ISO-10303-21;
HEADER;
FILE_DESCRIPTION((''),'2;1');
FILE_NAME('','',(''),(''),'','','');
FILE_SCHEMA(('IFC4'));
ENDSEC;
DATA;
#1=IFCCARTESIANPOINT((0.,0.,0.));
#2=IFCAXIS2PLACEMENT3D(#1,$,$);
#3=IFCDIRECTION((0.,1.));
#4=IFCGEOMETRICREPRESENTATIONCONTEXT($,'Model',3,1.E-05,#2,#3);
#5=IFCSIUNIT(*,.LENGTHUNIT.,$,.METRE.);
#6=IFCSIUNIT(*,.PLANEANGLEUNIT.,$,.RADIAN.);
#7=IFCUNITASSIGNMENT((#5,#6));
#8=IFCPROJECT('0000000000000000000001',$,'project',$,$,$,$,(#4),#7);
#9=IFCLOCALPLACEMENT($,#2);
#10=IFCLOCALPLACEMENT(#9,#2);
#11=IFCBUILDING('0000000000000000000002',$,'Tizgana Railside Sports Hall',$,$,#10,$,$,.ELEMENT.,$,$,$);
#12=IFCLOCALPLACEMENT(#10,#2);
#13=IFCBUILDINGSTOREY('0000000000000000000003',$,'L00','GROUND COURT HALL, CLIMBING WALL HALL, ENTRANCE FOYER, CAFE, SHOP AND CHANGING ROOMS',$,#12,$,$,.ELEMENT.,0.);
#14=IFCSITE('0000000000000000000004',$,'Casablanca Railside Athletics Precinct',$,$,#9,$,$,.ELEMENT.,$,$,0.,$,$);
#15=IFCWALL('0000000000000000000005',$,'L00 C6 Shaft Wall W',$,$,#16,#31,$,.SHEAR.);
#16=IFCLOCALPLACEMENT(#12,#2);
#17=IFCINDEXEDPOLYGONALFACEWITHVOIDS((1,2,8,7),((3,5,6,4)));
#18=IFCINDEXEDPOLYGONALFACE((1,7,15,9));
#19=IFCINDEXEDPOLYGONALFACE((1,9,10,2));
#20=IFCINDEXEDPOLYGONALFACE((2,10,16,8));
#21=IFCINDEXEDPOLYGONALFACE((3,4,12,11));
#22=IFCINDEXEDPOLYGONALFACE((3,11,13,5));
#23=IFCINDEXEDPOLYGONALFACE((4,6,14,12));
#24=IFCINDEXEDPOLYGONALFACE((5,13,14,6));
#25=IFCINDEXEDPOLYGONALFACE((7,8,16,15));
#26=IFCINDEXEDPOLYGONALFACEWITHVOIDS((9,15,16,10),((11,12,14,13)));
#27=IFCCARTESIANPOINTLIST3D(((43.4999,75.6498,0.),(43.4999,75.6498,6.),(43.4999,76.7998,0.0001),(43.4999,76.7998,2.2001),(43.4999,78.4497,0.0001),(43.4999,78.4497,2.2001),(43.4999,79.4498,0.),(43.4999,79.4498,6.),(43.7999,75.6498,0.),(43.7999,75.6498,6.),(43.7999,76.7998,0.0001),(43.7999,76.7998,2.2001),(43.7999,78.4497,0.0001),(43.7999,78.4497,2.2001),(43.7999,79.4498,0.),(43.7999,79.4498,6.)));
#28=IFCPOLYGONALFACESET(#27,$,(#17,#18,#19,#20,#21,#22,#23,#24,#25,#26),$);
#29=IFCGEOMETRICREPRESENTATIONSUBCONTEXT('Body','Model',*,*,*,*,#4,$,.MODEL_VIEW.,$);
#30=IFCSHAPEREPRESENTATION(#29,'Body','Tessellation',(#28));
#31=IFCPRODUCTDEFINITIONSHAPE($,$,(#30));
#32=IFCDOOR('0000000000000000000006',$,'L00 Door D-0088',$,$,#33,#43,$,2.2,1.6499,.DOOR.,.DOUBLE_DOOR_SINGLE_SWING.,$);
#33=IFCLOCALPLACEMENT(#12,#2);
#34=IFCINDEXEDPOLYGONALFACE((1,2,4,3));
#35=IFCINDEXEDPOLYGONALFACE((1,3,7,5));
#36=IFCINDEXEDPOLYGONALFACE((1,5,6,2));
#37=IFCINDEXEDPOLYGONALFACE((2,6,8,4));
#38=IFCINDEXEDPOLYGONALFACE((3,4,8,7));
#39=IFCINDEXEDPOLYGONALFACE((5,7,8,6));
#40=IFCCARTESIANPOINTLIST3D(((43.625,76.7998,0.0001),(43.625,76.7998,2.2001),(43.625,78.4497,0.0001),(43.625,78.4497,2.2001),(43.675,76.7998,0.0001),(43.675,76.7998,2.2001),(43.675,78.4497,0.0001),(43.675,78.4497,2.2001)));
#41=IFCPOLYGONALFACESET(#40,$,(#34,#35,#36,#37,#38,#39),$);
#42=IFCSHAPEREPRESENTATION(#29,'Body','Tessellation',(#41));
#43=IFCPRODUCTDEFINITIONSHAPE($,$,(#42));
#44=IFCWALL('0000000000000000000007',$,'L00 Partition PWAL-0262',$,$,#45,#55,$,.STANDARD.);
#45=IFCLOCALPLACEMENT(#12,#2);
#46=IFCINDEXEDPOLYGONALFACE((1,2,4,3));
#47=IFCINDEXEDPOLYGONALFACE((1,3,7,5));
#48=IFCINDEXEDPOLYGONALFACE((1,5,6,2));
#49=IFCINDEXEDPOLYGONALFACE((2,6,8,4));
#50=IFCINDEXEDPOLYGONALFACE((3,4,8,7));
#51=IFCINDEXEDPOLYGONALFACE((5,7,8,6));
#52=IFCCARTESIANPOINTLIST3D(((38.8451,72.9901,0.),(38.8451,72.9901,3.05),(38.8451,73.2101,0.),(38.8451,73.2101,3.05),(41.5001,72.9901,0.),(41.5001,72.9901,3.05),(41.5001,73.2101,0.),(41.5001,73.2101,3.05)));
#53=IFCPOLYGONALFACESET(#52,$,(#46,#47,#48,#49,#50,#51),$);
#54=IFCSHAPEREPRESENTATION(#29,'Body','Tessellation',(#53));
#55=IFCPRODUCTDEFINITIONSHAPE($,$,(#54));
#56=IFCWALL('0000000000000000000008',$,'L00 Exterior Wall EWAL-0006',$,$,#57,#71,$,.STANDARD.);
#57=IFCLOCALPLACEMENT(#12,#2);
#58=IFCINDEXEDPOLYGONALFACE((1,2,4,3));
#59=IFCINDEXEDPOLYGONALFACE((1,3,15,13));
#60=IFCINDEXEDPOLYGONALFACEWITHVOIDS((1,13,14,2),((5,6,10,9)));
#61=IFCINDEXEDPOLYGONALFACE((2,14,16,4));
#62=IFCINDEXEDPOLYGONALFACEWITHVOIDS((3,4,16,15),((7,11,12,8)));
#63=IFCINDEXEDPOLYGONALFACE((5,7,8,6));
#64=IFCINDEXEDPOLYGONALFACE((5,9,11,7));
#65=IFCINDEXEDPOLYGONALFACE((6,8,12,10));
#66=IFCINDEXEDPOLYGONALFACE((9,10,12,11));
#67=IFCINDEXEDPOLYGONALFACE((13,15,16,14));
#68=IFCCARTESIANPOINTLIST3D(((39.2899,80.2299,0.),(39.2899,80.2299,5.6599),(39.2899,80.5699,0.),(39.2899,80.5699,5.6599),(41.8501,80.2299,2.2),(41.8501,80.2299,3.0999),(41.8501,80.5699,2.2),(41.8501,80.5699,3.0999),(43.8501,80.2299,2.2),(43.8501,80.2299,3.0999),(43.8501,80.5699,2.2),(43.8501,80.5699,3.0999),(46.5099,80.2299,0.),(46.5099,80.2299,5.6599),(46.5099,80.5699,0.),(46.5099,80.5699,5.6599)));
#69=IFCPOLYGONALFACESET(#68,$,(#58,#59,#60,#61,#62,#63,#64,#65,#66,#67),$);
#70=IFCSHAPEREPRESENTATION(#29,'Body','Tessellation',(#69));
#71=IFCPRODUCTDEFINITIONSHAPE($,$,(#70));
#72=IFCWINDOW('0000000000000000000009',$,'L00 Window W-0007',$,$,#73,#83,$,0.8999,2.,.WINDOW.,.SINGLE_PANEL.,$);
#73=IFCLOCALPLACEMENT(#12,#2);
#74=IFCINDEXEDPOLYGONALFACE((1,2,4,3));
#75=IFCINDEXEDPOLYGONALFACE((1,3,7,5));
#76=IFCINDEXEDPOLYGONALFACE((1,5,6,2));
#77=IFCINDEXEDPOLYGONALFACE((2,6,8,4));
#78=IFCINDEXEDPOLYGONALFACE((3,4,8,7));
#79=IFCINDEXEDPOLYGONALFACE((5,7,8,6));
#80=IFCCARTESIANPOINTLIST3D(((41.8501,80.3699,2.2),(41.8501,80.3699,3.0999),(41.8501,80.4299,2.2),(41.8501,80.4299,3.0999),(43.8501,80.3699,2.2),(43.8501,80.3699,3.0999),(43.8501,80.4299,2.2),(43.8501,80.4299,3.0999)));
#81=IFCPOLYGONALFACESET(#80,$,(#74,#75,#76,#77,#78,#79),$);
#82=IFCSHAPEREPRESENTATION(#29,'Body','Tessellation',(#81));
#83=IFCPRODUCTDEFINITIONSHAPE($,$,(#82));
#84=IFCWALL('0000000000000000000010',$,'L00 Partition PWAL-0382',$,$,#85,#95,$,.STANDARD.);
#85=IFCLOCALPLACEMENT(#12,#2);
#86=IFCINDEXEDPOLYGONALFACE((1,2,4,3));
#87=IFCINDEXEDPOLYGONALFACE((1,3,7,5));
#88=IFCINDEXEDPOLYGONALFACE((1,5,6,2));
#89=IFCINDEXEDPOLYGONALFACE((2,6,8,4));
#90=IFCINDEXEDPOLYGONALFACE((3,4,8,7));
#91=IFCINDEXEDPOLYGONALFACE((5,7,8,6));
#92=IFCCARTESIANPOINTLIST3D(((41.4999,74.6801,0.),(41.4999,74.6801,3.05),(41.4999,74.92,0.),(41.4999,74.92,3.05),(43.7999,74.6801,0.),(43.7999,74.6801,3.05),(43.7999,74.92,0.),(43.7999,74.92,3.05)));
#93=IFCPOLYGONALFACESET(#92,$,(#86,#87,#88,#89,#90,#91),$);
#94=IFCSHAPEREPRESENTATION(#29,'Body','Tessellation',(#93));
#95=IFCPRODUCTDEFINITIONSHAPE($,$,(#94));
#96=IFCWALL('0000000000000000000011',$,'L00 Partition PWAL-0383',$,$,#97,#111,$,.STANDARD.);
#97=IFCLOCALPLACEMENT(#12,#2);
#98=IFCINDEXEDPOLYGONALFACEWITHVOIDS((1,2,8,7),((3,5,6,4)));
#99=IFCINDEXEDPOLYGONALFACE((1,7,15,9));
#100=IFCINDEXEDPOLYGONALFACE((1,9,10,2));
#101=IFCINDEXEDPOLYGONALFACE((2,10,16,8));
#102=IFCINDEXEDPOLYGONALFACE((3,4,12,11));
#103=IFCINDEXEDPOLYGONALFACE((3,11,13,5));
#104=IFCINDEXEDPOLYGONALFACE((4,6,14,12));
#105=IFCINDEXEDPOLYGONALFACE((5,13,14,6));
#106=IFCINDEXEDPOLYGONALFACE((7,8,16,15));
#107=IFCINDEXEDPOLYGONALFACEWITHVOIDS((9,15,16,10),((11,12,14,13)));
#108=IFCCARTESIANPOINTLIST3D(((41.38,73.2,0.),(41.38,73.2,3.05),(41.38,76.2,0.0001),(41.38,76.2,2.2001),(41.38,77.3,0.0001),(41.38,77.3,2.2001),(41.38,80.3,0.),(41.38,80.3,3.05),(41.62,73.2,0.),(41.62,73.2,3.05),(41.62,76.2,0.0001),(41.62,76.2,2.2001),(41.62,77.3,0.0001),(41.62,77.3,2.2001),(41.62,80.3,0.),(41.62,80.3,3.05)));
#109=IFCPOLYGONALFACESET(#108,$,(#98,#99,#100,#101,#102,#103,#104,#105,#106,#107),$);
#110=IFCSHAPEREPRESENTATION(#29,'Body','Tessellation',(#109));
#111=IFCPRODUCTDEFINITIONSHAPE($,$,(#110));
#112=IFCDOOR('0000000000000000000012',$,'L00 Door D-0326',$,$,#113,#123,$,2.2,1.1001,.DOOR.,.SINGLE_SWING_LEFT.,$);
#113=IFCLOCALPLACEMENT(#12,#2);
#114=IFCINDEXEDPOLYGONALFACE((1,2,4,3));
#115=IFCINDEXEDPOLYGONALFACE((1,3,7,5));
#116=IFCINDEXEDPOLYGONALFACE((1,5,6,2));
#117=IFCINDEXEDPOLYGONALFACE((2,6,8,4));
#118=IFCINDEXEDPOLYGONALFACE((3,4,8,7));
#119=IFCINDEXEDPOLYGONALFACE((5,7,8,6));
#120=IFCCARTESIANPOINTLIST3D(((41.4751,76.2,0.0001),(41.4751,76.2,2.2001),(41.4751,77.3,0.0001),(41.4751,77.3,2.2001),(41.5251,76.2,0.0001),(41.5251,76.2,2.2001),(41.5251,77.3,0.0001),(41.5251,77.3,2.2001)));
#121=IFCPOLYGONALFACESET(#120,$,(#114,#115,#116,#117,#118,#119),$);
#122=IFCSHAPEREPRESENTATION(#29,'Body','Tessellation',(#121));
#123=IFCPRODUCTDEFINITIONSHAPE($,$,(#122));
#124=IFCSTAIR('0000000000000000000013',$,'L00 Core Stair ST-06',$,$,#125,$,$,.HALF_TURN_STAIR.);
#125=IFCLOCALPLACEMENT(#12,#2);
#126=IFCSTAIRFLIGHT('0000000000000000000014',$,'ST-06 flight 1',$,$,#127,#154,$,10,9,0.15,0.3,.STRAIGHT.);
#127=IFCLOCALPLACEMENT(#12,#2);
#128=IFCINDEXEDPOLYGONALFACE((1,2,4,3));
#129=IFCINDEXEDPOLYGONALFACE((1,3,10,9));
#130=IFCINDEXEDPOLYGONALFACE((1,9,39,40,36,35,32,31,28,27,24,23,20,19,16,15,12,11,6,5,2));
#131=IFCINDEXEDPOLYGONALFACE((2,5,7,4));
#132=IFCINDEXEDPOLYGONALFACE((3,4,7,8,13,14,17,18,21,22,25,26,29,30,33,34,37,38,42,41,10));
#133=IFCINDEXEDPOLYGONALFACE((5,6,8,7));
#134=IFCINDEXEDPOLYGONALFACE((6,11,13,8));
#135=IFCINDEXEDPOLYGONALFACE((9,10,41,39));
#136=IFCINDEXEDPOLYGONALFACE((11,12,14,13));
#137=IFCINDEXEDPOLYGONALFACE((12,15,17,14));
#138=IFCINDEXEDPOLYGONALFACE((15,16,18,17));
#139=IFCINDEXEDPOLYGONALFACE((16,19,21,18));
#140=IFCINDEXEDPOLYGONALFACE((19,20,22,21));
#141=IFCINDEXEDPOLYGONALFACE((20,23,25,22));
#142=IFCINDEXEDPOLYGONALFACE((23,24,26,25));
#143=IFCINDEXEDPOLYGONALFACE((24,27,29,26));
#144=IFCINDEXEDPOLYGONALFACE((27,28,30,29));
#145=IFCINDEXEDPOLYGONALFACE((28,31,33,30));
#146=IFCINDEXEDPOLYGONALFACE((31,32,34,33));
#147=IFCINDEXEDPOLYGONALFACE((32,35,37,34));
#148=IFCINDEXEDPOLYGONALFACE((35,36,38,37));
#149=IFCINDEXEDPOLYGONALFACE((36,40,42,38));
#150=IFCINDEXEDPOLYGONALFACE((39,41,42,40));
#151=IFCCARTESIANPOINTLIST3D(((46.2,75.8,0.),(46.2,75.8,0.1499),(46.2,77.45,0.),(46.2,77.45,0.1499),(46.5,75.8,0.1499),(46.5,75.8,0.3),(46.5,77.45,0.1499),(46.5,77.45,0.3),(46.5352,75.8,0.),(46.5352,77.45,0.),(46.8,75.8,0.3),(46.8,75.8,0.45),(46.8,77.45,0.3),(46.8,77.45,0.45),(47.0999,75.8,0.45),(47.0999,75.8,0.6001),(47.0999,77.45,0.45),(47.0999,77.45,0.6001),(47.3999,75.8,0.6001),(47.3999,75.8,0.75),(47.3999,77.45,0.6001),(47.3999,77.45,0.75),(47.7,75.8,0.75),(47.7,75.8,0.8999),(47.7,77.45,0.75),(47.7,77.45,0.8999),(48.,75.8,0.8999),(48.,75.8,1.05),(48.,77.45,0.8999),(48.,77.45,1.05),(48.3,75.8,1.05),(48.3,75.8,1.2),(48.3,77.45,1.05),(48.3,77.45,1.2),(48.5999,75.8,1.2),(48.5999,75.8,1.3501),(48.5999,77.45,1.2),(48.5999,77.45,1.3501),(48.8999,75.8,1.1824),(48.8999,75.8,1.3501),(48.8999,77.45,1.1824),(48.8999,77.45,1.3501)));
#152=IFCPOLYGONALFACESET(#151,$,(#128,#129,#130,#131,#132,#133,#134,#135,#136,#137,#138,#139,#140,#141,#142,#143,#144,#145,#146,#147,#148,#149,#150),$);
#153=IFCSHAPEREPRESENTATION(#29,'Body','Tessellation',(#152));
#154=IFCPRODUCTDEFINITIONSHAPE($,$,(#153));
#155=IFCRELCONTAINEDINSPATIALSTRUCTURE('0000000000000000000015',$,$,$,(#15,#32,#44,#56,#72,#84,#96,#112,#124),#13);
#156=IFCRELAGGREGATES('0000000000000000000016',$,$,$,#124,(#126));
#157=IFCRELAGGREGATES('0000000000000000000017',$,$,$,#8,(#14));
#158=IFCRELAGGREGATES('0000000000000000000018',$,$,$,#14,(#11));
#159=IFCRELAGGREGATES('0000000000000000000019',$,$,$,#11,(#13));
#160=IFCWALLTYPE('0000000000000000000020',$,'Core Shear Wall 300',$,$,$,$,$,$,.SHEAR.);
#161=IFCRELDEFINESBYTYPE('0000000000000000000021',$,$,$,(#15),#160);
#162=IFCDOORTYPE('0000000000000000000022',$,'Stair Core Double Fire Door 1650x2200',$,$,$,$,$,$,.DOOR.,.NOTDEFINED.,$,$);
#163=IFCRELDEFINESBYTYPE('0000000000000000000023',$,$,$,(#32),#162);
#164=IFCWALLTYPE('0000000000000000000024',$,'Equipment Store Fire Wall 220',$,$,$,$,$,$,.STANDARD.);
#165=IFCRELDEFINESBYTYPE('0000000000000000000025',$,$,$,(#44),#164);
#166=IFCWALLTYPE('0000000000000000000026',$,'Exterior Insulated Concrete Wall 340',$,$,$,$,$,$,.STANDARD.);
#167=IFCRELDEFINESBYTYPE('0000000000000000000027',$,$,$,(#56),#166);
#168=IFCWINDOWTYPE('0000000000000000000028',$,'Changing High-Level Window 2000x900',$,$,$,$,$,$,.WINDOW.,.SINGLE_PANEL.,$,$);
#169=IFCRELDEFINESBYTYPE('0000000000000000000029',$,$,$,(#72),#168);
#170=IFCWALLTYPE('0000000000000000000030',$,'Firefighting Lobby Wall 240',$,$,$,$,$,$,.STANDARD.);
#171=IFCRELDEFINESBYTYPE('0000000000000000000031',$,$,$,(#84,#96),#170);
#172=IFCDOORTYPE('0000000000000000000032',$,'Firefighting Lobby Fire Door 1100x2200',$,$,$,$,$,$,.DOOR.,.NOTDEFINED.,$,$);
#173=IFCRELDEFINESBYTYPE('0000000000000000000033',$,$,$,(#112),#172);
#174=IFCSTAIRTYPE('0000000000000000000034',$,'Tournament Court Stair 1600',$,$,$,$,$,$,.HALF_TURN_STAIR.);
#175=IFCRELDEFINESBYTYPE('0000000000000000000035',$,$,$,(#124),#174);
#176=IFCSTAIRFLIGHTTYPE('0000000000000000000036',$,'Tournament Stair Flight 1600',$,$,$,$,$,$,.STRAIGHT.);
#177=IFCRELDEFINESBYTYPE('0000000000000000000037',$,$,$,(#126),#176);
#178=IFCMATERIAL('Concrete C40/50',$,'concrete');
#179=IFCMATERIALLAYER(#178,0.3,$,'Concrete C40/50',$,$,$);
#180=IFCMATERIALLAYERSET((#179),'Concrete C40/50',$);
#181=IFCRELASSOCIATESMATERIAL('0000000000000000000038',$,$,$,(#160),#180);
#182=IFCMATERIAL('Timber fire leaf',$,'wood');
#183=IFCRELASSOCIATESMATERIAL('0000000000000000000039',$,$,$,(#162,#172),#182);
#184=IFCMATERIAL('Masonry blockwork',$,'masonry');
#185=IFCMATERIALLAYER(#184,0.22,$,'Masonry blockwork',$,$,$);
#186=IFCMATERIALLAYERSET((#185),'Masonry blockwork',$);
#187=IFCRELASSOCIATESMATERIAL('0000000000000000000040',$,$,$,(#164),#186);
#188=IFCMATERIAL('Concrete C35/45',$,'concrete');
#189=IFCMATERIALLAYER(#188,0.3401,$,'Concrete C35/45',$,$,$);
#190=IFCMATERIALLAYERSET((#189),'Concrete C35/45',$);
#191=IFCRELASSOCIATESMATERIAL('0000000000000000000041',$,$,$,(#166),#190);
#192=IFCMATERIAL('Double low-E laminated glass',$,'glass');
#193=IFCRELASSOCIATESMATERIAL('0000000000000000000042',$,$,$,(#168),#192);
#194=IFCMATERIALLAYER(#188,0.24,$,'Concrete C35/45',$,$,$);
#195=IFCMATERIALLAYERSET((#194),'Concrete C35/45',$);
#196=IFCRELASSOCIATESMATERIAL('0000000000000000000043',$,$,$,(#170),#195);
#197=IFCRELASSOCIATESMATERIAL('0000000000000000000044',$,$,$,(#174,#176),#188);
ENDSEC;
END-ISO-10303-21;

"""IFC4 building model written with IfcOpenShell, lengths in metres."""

from ifc_helpers import new_model, si_unit, direction, frame, frame_2d, origin, place, context, subcontext, project, spatial, polyline, rectangle, outline, extrude, material, layer, layer_set, type_object, element, fill, aggregate, save


model = new_model("IFC4")

# Units and contexts
model_context = context("Model", 3, precision=1e-05, world=origin(), true_north=direction((0.0, 1.0)))
body_context = subcontext(model_context, "Body", "Model", "MODEL_VIEW")
ifc_project = project(units=[si_unit("LENGTHUNIT", "METRE"), si_unit("PLANEANGLEUNIT", "RADIAN")], contexts=[model_context])

# Site, building, storey
site_placement = place(None, origin())
site = spatial("IfcSite", under=ifc_project, at=site_placement, Name="Casablanca Railside Athletics Precinct", CompositionType="ELEMENT", RefElevation=0.0)
building_placement = place(site_placement, origin())
building = spatial("IfcBuilding", under=site, at=building_placement, Name="Tizgana Railside Sports Hall", CompositionType="ELEMENT")
storey_placement = place(building_placement, origin())
storey = spatial("IfcBuildingStorey", under=building, at=storey_placement, Name="L00", Description="GROUND COURT HALL, CLIMBING WALL HALL, ENTRANCE FOYER, CAFE, SHOP AND CHANGING ROOMS", CompositionType="ELEMENT", Elevation=0.0)

# Shared definitions
ifc_material_1 = material(Name="Concrete C40/50", Category="concrete")

# Shared definitions
ifc_layer_1 = layer(ifc_material_1, 0.3, Name="Concrete C40/50")
ifc_layer_set_1 = layer_set([ifc_layer_1], Name="Concrete C40/50")
wall_type_1 = type_object("IfcWallType", Name="Core Shear Wall 300", PredefinedType="SHEAR", material=ifc_layer_set_1)

# Wall, opening, door
wall_1_placement = place(storey_placement, frame((43.6499, 75.6499, 0.0), z_axis=(0.0, 0.0, 1.0), x_axis=(0.0, 1.0, 0.0)))
wall_1 = element("IfcWall", 1, at=wall_1_placement, inside=storey, type_object=wall_type_1, Name="L00 C6 Shaft Wall W", PredefinedType="SHEAR", context=body_context, shape_type="SweptSolid", body=[
    extrude(rectangle(XDim=3.8, YDim=0.3, at=frame_2d((1.8999, 0.0))), origin(), (0.0, 0.0, 1.0), 6.0),
])
opening_1_placement = place(wall_1_placement, frame((1.1499, 0.0, 0.0)))
opening_1 = element("IfcOpeningElement", 2, at=opening_1_placement, cuts=wall_1, PredefinedType="OPENING", context=body_context, shape_type="SweptSolid", body=[
    extrude(rectangle(XDim=1.6499, YDim=2.2, at=frame_2d((0.825, 1.1001))), frame((0.0, 0.1599, 0.0), z_axis=(0.0, -1.0, 0.0), x_axis=(1.0, 0.0, 0.0)), (0.0, 0.0, 1.0), 0.3201),
])
ifc_material_2 = material(Name="Timber fire leaf", Category="wood")
door_type_1 = type_object("IfcDoorType", Name="Stair Core Double Fire Door 1650x2200", OperationType="NOTDEFINED", PredefinedType="DOOR", material=ifc_material_2)
door_1_placement = place(opening_1_placement, origin())
door_1 = element("IfcDoor", 3, at=door_1_placement, inside=storey, type_object=door_type_1, Name="L00 Door D-0088", OperationType="DOUBLE_DOOR_SINGLE_SWING", OverallHeight=2.2, OverallWidth=1.6499, PredefinedType="DOOR", context=body_context, shape_type="SweptSolid", body=[
    extrude(rectangle(XDim=1.6499, YDim=2.2, at=frame_2d((0.825, 1.1001))), frame((0.0, 0.0249, 0.0), z_axis=(0.0, -1.0, 0.0), x_axis=(1.0, 0.0, 0.0)), (0.0, 0.0, 1.0), 0.05),
])
fill(opening_1, door_1)

# Wall
ifc_material_3 = material(Name="Masonry blockwork", Category="masonry")
ifc_layer_2 = layer(ifc_material_3, 0.22, Name="Masonry blockwork")
ifc_layer_set_2 = layer_set([ifc_layer_2], Name="Masonry blockwork")
wall_type_2 = type_object("IfcWallType", Name="Equipment Store Fire Wall 220", PredefinedType="STANDARD", material=ifc_layer_set_2)
wall_2_placement = place(storey_placement, frame((38.845, 73.1001, 0.0), z_axis=(0.0, 0.0, 1.0), x_axis=(1.0, 0.0, 0.0)))
element("IfcWall", 4, at=wall_2_placement, inside=storey, type_object=wall_type_2, Name="L00 Partition PWAL-0262", PredefinedType="STANDARD", context=body_context, shape_type="SweptSolid", body=[
    extrude(rectangle(XDim=2.655, YDim=0.22, at=frame_2d((1.3276, 0.0))), origin(), (0.0, 0.0, 1.0), 3.05),
])

# Wall, opening, window
ifc_material_4 = material(Name="Concrete C35/45", Category="concrete")
ifc_layer_3 = layer(ifc_material_4, 0.3401, Name="Concrete C35/45")
ifc_layer_set_3 = layer_set([ifc_layer_3], Name="Concrete C35/45")
wall_type_3 = type_object("IfcWallType", Name="Exterior Insulated Concrete Wall 340", PredefinedType="STANDARD", material=ifc_layer_set_3)
wall_3_placement = place(storey_placement, frame((39.29, 80.3999, 0.0), z_axis=(0.0, 0.0, 1.0), x_axis=(1.0, 0.0, 0.0)))
wall_3 = element("IfcWall", 5, at=wall_3_placement, inside=storey, type_object=wall_type_3, Name="L00 Exterior Wall EWAL-0006", PredefinedType="STANDARD", context=body_context, shape_type="SweptSolid", body=[
    extrude(rectangle(XDim=7.22, YDim=0.3401, at=frame_2d((3.6099, 0.0))), origin(), (0.0, 0.0, 1.0), 5.6599),
])
opening_2_placement = place(wall_3_placement, frame((2.5601, 0.0, 2.2)))
opening_2 = element("IfcOpeningElement", 6, at=opening_2_placement, cuts=wall_3, PredefinedType="OPENING", context=body_context, shape_type="SweptSolid", body=[
    extrude(rectangle(XDim=2.0, YDim=0.8999, at=frame_2d((1.0, 0.45))), frame((0.0, 0.1799, 0.0), z_axis=(0.0, -1.0, 0.0), x_axis=(1.0, 0.0, 0.0)), (0.0, 0.0, 1.0), 0.3601),
])
ifc_material_5 = material(Name="Double low-E laminated glass", Category="glass")
window_type = type_object("IfcWindowType", Name="Changing High-Level Window 2000x900", PartitioningType="SINGLE_PANEL", PredefinedType="WINDOW", material=ifc_material_5)
window_placement = place(opening_2_placement, origin())
window = element("IfcWindow", 7, at=window_placement, inside=storey, type_object=window_type, Name="L00 Window W-0007", OverallHeight=0.8999, OverallWidth=2.0, PartitioningType="SINGLE_PANEL", PredefinedType="WINDOW", context=body_context, shape_type="SweptSolid", body=[
    extrude(rectangle(XDim=2.0, YDim=0.8999, at=frame_2d((1.0, 0.45))), frame((0.0, 0.03, 0.0), z_axis=(0.0, -1.0, 0.0), x_axis=(1.0, 0.0, 0.0)), (0.0, 0.0, 1.0), 0.0601),
])
fill(opening_2, window)

# Wall
ifc_layer_4 = layer(ifc_material_4, 0.24, Name="Concrete C35/45")
ifc_layer_set_4 = layer_set([ifc_layer_4], Name="Concrete C35/45")
wall_type_4 = type_object("IfcWallType", Name="Firefighting Lobby Wall 240", PredefinedType="STANDARD", material=ifc_layer_set_4)
wall_4_placement = place(storey_placement, frame((41.5, 74.8, 0.0), z_axis=(0.0, 0.0, 1.0), x_axis=(1.0, 0.0, 0.0)))
element("IfcWall", 8, at=wall_4_placement, inside=storey, type_object=wall_type_4, Name="L00 Partition PWAL-0382", PredefinedType="STANDARD", context=body_context, shape_type="SweptSolid", body=[
    extrude(rectangle(XDim=2.3, YDim=0.24, at=frame_2d((1.1499, 0.0))), origin(), (0.0, 0.0, 1.0), 3.05),
])

# Wall, opening, door
wall_5_placement = place(storey_placement, frame((41.5, 73.2, 0.0), z_axis=(0.0, 0.0, 1.0), x_axis=(0.0, 1.0, 0.0)))
wall_5 = element("IfcWall", 9, at=wall_5_placement, inside=storey, type_object=wall_type_4, Name="L00 Partition PWAL-0383", PredefinedType="STANDARD", context=body_context, shape_type="SweptSolid", body=[
    extrude(rectangle(XDim=7.1001, YDim=0.24, at=frame_2d((3.55, 0.0))), origin(), (0.0, 0.0, 1.0), 3.05),
])
opening_3_placement = place(wall_5_placement, frame((3.0, 0.0, 0.0)))
opening_3 = element("IfcOpeningElement", 10, at=opening_3_placement, cuts=wall_5, PredefinedType="OPENING", context=body_context, shape_type="SweptSolid", body=[
    extrude(rectangle(XDim=1.1001, YDim=2.2, at=frame_2d((0.55, 1.1001))), frame((0.0, 0.1299, 0.0), z_axis=(0.0, -1.0, 0.0), x_axis=(1.0, 0.0, 0.0)), (0.0, 0.0, 1.0), 0.26),
])
door_type_2 = type_object("IfcDoorType", Name="Firefighting Lobby Fire Door 1100x2200", OperationType="NOTDEFINED", PredefinedType="DOOR", material=ifc_material_2)
door_2_placement = place(opening_3_placement, origin())
door_2 = element("IfcDoor", 11, at=door_2_placement, inside=storey, type_object=door_type_2, Name="L00 Door D-0326", OperationType="SINGLE_SWING_LEFT", OverallHeight=2.2, OverallWidth=1.1001, PredefinedType="DOOR", context=body_context, shape_type="SweptSolid", body=[
    extrude(rectangle(XDim=1.1001, YDim=2.2, at=frame_2d((0.55, 1.1001))), frame((0.0, 0.0249, 0.0), z_axis=(0.0, -1.0, 0.0), x_axis=(1.0, 0.0, 0.0)), (0.0, 0.0, 1.0), 0.05),
])
fill(opening_3, door_2)

# Stair, stair flight
stair_type = type_object("IfcStairType", Name="Tournament Court Stair 1600", PredefinedType="HALF_TURN_STAIR", material=ifc_material_4)
stair_placement = place(storey_placement, origin())
stair = element("IfcStair", 12, at=stair_placement, inside=storey, type_object=stair_type, Name="L00 Core Stair ST-06", PredefinedType="HALF_TURN_STAIR")
stair_flight_type = type_object("IfcStairFlightType", Name="Tournament Stair Flight 1600", PredefinedType="STRAIGHT", material=ifc_material_4)
stair_flight_1_placement = place(storey_placement, frame((46.2, 76.625, 0.0), z_axis=(0.0, 0.0, 1.0), x_axis=(1.0, 0.0, 0.0)))
stair_flight_1 = element("IfcStairFlight", 13, at=stair_flight_1_placement, type_object=stair_flight_type, Name="ST-06 flight 1", NumberOfRisers=10, NumberOfTreads=9, PredefinedType="STRAIGHT", RiserHeight=0.15, TreadLength=0.3, context=body_context, shape_type="SweptSolid", body=[
    extrude(outline(polyline([(0.0, 0.0), (0.0, 0.1499), (0.3, 0.1499), (0.3, 0.3), (0.6001, 0.3), (0.6001, 0.45), (0.8999, 0.45), (0.8999, 0.6001), (1.2, 0.6001), (1.2, 0.75), (1.5, 0.75), (1.5, 0.8999), (1.8, 0.8999), (1.8, 1.05), (2.1001, 1.05), (2.1001, 1.2), (2.3999, 1.2), (2.3999, 1.3501), (2.7, 1.3501), (2.7, 1.5), (2.7, 1.1824), (0.3352, 0.0), (0.0, 0.0)])), frame((0.0, 0.825, 0.0), z_axis=(0.0, -1.0, 0.0), x_axis=(1.0, 0.0, 0.0)), (0.0, 0.0, 1.0), 1.6499),
])
aggregate(stair, [stair_flight_1])

save(model, "model.ifc")
